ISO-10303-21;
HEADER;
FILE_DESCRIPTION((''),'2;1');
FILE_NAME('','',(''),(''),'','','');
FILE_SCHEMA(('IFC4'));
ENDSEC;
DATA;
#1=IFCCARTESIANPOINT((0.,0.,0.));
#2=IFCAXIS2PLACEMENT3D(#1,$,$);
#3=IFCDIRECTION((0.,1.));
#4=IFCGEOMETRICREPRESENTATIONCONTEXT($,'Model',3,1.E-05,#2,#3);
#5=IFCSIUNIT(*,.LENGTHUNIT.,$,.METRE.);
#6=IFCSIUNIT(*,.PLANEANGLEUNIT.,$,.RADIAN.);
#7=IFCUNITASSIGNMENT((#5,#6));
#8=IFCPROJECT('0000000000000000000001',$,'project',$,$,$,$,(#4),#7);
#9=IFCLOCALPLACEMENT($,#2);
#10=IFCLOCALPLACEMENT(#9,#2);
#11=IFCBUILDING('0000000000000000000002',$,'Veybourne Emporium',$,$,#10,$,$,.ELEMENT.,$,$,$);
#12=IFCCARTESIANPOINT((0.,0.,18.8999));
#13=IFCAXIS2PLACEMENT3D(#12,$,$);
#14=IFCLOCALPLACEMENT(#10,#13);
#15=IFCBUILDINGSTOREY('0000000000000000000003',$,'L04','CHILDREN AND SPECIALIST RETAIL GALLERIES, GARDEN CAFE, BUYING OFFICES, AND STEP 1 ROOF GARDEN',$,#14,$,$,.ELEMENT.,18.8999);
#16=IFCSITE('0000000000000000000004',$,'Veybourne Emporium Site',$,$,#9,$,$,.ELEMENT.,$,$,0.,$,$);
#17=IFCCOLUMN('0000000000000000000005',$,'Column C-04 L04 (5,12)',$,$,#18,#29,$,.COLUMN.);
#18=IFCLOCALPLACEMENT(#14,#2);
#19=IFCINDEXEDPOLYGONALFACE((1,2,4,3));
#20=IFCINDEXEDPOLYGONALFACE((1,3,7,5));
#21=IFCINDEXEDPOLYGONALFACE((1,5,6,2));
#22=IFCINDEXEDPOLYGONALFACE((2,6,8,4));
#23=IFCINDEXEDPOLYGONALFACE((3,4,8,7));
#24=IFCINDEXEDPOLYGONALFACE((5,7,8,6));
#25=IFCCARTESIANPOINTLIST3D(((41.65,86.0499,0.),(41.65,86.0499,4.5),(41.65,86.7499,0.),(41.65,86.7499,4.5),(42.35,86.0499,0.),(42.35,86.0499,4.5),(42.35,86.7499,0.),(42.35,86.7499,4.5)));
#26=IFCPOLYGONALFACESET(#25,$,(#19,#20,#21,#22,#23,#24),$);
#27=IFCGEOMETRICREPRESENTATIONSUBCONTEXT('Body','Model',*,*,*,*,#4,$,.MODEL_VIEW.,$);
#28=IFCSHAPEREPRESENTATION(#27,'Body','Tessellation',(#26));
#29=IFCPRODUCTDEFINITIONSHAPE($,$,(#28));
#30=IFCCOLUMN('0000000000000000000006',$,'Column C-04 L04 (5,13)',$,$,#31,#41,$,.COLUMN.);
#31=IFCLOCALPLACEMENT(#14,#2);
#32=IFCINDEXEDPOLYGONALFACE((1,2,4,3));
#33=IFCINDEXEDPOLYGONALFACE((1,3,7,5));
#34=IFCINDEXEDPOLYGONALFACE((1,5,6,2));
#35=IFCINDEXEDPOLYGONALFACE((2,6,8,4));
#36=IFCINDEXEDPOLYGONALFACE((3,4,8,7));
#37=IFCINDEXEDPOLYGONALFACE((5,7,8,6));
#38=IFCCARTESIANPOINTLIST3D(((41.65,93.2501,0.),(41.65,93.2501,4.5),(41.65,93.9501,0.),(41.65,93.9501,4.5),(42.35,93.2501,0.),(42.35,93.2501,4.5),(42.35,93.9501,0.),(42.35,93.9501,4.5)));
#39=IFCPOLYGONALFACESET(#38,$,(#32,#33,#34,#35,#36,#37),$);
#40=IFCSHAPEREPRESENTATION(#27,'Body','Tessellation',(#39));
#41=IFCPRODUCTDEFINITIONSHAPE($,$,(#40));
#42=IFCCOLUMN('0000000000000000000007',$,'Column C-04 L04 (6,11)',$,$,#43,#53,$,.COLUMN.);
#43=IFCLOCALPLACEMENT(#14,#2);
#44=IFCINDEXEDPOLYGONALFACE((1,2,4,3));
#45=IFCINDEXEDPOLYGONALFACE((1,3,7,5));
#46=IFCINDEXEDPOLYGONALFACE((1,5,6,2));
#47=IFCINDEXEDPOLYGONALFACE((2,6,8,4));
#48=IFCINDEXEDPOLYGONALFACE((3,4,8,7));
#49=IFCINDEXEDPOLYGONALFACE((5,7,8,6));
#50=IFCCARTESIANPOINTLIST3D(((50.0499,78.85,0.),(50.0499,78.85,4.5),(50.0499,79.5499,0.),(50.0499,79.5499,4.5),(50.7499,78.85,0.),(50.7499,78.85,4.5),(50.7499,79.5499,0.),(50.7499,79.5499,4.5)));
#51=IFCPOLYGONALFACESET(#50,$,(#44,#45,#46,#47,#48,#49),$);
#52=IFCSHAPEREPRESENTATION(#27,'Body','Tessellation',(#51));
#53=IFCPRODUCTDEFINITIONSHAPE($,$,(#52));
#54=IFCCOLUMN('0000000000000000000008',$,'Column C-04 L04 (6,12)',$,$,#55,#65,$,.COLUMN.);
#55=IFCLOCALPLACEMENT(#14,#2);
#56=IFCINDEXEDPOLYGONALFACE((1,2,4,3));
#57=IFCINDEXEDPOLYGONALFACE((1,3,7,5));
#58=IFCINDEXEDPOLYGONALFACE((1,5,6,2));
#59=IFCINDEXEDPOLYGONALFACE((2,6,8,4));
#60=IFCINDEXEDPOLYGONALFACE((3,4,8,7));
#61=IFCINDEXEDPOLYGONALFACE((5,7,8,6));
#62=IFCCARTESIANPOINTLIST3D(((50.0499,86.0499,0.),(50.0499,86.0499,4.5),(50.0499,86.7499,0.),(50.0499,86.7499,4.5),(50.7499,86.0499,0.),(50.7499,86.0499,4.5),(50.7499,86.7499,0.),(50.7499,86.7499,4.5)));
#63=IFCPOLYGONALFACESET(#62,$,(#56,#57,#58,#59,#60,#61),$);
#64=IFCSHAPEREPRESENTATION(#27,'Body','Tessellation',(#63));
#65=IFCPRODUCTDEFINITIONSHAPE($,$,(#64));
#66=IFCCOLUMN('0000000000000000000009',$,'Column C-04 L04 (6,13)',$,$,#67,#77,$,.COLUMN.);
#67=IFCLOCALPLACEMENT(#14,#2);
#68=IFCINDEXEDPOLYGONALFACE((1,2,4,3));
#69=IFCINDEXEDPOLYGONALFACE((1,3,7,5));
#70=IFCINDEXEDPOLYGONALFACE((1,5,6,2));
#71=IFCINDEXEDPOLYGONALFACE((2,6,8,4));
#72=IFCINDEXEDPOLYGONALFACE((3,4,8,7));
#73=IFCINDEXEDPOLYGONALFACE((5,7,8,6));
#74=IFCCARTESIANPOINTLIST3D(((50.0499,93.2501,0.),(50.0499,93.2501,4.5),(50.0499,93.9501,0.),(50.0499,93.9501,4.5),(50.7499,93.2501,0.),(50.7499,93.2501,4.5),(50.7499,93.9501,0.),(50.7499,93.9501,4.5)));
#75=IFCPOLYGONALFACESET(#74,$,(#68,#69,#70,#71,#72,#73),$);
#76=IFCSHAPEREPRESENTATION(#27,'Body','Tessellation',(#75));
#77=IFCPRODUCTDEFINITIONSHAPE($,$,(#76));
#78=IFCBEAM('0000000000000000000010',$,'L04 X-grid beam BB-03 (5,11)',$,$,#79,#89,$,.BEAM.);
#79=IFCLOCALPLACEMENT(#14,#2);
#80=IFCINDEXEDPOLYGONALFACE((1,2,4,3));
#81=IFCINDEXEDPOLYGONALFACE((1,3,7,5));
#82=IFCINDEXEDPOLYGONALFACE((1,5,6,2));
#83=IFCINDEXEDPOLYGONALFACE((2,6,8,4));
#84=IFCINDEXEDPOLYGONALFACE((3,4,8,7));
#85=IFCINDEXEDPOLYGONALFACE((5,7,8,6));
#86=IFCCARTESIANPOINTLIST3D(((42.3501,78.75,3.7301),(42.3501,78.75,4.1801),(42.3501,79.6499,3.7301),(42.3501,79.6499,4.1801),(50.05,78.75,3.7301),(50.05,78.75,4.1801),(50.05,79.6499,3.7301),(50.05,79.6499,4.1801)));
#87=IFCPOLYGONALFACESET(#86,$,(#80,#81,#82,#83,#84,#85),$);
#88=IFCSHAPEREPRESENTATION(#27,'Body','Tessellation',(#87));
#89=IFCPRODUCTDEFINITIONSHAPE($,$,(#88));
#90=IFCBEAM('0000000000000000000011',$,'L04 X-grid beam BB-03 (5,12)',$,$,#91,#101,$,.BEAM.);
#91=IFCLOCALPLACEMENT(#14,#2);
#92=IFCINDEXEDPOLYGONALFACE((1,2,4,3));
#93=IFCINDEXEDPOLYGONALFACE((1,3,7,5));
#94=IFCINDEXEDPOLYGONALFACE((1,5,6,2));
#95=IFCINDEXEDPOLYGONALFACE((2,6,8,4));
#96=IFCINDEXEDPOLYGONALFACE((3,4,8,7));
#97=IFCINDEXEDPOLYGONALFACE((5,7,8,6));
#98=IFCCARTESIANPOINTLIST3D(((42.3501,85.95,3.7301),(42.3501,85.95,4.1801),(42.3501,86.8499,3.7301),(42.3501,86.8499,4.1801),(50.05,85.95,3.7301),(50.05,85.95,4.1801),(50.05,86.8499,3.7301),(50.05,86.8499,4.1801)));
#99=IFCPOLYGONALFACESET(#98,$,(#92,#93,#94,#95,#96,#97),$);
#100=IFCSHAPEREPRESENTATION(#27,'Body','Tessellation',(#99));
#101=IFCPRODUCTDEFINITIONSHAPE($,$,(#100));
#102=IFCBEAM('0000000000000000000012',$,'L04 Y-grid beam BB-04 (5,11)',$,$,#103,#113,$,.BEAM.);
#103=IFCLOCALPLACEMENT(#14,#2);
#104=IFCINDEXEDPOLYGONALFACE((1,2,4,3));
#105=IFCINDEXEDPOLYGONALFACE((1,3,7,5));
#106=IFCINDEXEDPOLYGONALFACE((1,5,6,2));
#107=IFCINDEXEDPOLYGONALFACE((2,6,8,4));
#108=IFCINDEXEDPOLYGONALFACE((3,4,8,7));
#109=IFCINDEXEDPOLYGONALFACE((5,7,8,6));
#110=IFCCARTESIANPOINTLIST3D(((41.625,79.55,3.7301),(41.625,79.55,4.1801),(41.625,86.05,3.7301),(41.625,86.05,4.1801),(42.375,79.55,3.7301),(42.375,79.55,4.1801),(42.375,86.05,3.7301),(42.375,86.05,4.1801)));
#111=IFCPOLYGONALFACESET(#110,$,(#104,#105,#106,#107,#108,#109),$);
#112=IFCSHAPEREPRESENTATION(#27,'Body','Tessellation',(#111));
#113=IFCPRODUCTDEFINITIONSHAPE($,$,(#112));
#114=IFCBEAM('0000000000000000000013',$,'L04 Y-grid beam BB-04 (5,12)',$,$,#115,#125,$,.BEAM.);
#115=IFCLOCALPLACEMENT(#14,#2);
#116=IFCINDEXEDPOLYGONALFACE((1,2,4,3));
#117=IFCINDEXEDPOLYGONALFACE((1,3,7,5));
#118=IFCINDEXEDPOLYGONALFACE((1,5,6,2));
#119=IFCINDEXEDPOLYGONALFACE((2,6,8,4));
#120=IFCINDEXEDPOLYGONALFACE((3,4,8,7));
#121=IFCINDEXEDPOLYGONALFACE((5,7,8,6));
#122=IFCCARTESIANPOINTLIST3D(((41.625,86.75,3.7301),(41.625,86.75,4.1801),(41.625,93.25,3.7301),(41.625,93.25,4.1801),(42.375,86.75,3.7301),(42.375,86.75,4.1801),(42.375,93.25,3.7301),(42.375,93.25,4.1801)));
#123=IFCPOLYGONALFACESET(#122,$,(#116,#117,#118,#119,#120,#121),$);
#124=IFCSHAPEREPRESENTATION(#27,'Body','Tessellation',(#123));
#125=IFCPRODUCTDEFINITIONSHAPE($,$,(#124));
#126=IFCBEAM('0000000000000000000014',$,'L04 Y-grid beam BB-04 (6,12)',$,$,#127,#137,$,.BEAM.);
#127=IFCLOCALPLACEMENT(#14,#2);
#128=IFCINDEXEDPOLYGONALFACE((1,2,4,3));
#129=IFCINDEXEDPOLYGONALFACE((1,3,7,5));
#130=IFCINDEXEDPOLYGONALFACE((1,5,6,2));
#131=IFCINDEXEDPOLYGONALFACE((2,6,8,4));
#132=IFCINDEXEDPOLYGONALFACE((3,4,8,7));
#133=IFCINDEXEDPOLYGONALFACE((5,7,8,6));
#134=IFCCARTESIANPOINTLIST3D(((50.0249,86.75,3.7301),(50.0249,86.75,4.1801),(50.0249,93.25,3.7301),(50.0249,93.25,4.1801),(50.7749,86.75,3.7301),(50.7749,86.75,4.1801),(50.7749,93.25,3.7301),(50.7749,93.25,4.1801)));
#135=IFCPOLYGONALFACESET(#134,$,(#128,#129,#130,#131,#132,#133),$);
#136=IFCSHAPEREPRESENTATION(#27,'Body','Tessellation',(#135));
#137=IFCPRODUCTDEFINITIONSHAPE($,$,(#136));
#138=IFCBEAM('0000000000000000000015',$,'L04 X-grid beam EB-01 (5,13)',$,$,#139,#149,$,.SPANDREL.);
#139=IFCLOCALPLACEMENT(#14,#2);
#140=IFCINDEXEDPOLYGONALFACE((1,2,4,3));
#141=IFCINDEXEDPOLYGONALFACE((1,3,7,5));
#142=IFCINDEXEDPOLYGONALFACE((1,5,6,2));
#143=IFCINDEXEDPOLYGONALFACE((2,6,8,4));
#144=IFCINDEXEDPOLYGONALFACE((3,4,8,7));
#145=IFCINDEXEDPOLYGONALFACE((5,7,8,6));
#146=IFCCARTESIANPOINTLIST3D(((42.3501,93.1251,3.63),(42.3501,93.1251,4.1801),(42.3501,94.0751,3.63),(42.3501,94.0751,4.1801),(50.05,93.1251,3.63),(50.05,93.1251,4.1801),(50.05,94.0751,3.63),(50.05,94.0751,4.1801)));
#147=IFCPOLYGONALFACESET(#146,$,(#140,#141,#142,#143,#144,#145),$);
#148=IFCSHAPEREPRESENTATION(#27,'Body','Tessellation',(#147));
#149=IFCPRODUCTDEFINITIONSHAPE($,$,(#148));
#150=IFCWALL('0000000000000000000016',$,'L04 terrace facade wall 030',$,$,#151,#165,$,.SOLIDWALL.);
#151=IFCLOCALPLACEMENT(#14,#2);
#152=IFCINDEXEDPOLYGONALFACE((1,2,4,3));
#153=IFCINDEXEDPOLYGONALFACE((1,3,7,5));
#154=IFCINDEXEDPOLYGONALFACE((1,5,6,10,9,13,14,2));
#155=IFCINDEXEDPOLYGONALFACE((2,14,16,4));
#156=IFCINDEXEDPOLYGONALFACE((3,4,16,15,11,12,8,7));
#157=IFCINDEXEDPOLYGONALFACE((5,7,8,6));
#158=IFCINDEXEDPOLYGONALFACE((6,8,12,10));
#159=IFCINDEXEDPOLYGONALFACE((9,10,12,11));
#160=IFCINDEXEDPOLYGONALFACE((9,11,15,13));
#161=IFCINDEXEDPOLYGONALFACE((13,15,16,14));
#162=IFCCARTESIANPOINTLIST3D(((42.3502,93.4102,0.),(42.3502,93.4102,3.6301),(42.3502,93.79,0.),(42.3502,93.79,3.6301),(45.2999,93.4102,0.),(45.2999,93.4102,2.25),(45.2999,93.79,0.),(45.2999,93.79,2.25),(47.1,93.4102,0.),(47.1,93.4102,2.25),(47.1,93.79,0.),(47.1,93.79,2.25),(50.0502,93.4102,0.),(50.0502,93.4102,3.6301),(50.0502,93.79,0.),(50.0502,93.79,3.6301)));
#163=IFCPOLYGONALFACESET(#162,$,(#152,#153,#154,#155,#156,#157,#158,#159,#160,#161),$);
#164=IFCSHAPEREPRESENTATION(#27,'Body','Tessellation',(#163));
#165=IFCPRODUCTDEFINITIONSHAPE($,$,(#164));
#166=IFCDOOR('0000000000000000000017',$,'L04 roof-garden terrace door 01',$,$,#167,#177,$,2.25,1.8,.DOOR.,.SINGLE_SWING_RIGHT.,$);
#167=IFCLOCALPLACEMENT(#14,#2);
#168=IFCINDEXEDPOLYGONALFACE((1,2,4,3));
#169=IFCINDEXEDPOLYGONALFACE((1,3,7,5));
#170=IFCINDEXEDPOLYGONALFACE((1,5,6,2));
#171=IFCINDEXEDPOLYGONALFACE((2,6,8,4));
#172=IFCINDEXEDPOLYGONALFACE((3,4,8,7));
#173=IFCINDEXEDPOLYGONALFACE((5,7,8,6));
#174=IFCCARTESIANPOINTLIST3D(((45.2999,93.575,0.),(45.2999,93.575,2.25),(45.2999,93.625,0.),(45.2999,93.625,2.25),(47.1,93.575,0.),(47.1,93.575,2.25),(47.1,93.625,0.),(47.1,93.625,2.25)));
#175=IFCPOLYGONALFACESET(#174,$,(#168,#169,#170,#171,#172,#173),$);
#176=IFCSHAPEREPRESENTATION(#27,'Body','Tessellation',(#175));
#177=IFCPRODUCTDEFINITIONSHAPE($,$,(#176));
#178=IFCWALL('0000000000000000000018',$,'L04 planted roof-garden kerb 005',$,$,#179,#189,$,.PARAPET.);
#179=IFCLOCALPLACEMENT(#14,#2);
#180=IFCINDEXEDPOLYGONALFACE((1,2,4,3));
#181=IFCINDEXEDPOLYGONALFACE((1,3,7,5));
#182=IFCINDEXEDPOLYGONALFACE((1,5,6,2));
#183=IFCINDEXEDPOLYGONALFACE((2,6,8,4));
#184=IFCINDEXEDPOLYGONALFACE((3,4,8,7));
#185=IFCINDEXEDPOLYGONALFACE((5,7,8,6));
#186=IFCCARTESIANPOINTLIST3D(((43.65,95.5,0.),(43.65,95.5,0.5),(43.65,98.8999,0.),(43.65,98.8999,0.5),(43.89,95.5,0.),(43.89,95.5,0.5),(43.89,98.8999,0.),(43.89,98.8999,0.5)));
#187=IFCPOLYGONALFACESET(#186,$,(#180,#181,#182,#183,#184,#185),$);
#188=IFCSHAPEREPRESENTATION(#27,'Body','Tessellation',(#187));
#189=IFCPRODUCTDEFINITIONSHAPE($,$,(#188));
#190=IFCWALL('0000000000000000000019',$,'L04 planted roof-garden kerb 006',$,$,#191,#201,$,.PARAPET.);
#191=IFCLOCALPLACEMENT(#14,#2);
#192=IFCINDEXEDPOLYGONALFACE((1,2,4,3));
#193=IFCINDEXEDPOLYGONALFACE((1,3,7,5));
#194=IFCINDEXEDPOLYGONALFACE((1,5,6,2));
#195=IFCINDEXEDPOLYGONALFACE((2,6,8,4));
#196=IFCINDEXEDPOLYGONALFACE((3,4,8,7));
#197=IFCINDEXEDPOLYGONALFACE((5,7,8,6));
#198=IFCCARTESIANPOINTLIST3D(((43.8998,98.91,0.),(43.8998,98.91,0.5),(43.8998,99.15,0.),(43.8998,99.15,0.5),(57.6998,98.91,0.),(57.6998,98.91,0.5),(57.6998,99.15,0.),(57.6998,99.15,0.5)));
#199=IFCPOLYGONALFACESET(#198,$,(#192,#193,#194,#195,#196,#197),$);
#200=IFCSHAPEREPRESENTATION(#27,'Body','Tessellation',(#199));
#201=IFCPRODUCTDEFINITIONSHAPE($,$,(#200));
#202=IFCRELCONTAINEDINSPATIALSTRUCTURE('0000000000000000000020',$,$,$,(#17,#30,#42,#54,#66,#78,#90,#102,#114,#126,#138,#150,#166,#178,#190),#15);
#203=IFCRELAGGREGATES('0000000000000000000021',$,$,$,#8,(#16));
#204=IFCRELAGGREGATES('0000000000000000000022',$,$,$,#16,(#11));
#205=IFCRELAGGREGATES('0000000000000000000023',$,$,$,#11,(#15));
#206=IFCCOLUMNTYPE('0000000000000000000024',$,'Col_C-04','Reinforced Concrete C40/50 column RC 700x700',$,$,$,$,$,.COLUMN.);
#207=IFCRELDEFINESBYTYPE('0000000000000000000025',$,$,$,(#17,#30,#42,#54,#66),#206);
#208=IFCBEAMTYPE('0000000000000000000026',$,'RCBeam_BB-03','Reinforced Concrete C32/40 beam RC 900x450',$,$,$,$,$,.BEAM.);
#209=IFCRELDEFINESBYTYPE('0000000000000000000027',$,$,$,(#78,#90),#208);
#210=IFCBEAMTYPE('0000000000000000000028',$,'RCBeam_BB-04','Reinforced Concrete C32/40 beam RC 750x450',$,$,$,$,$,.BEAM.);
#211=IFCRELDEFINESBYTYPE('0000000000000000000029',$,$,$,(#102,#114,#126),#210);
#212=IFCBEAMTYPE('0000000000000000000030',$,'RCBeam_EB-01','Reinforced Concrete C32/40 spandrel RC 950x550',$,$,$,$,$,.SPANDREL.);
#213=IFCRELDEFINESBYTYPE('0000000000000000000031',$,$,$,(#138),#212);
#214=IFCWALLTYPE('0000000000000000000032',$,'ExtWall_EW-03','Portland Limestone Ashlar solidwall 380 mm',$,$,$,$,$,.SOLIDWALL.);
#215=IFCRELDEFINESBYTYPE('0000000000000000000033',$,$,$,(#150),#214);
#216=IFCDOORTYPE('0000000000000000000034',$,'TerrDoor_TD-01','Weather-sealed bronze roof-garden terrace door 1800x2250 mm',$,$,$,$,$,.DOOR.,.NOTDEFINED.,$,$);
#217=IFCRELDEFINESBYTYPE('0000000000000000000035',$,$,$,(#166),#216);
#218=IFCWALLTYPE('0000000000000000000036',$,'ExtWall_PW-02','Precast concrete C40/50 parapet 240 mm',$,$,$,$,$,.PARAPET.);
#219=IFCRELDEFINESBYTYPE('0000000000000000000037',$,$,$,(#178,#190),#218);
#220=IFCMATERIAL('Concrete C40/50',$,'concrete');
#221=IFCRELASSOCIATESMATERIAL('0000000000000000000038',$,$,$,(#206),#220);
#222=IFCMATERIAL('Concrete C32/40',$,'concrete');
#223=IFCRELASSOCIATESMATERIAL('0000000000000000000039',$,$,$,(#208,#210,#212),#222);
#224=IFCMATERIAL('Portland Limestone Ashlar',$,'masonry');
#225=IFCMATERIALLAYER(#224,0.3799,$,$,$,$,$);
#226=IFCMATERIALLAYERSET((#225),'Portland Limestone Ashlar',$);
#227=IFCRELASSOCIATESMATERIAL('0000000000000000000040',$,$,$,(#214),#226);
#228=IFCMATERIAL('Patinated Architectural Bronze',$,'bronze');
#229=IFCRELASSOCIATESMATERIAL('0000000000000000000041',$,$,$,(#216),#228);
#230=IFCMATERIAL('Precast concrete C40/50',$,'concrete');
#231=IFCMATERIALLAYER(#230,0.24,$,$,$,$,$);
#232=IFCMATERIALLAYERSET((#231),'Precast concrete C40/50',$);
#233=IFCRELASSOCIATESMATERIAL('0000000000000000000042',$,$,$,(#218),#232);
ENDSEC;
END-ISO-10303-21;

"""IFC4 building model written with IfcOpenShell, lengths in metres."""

from ifc_helpers import new_model, si_unit, direction, frame, frame_2d, origin, origin_2d, place, context, subcontext, project, spatial, rectangle, extrude, material, layer, layer_set, material_profile, profile_set, type_object, element, fill, save


model = new_model("IFC4")

# Units and contexts
model_context = context("Model", 3, precision=1e-05, world=origin(), true_north=direction((0.0, 1.0)))
body_context = subcontext(model_context, "Body", "Model", "MODEL_VIEW")
ifc_project = project(units=[si_unit("LENGTHUNIT", "METRE"), si_unit("PLANEANGLEUNIT", "RADIAN")], contexts=[model_context])

# Site, building, storey
site_placement = place(None, origin())
site = spatial("IfcSite", under=ifc_project, at=site_placement, Name="Veybourne Emporium Site", CompositionType="ELEMENT", RefElevation=0.0)
building_placement = place(site_placement, origin())
building = spatial("IfcBuilding", under=site, at=building_placement, Name="Veybourne Emporium", CompositionType="ELEMENT")
storey_placement = place(building_placement, frame((0.0, 0.0, 18.8999)))
storey = spatial("IfcBuildingStorey", under=building, at=storey_placement, Name="L04", Description="CHILDREN AND SPECIALIST RETAIL GALLERIES, GARDEN CAFE, BUYING OFFICES, AND STEP 1 ROOF GARDEN", CompositionType="ELEMENT", Elevation=18.8999)

# Columns
ifc_material_1 = material(Name="Concrete C40/50", Category="concrete")
ifc_material_profile_1 = material_profile(ifc_material_1, rectangle(XDim=0.7, YDim=0.7, at=origin_2d()), Name="RC 700x700")
ifc_profile_set_1 = profile_set([ifc_material_profile_1], Name="Concrete C40/50")
column_type = type_object("IfcColumnType", Name="Col_C-04", Description="Reinforced Concrete C40/50 column RC 700x700", PredefinedType="COLUMN", material=ifc_profile_set_1)
for number, where, z_axis, x_axis, name in (
    (1, (42.0, 86.3999, 0.0), (0.0, 0.0, 1.0), (1.0, 0.0, 0.0), "Column C-04 L04 (5,12)"),
    (2, (42.0, 93.6001, 0.0), (0.0, 0.0, 1.0), (1.0, 0.0, 0.0), "Column C-04 L04 (5,13)"),
    (3, (50.3999, 79.2, 0.0), (0.0, 0.0, 1.0), (1.0, 0.0, 0.0), "Column C-04 L04 (6,11)"),
    (4, (50.3999, 86.3999, 0.0), (0.0, 0.0, 1.0), (1.0, 0.0, 0.0), "Column C-04 L04 (6,12)"),
    (5, (50.3999, 93.6001, 0.0), (0.0, 0.0, 1.0), (1.0, 0.0, 0.0), "Column C-04 L04 (6,13)"),
):
    element("IfcColumn", number, at=place(storey_placement, frame(where, z_axis=z_axis, x_axis=x_axis)), inside=storey, type_object=column_type, Name=name, PredefinedType="COLUMN", context=body_context, shape_type="SweptSolid", body=[
        extrude(rectangle(XDim=0.7, YDim=0.7, at=origin_2d()), origin(), (0.0, 0.0, 1.0), 4.5),
    ])

# Beams
ifc_material_2 = material(Name="Concrete C32/40", Category="concrete")
ifc_material_profile_2 = material_profile(ifc_material_2, rectangle(XDim=0.8999, YDim=0.45, at=origin_2d()), Name="RC 900x450")
ifc_profile_set_2 = profile_set([ifc_material_profile_2], Name="Concrete C32/40")
beam_type_1 = type_object("IfcBeamType", Name="RCBeam_BB-03", Description="Reinforced Concrete C32/40 beam RC 900x450", PredefinedType="BEAM", material=ifc_profile_set_2)
for number, where, z_axis, x_axis, name in (
    (6, (42.3501, 79.2, 3.9551), (1.0, 0.0, 0.0), (0.0, 1.0, 0.0), "L04 X-grid beam BB-03 (5,11)"),
    (7, (42.3501, 86.3999, 3.9551), (1.0, 0.0, 0.0), (0.0, 1.0, 0.0), "L04 X-grid beam BB-03 (5,12)"),
):
    element("IfcBeam", number, at=place(storey_placement, frame(where, z_axis=z_axis, x_axis=x_axis)), inside=storey, type_object=beam_type_1, Name=name, PredefinedType="BEAM", context=body_context, shape_type="SweptSolid", body=[
        extrude(rectangle(XDim=0.8999, YDim=0.45, at=origin_2d()), origin(), (0.0, 0.0, 1.0), 7.7),
    ])
ifc_material_profile_3 = material_profile(ifc_material_2, rectangle(XDim=0.75, YDim=0.45, at=origin_2d()), Name="RC 750x450")
ifc_profile_set_3 = profile_set([ifc_material_profile_3], Name="Concrete C32/40")
beam_type_2 = type_object("IfcBeamType", Name="RCBeam_BB-04", Description="Reinforced Concrete C32/40 beam RC 750x450", PredefinedType="BEAM", material=ifc_profile_set_3)
for number, where, z_axis, x_axis, name in (
    (8, (42.0, 79.55, 3.9551), (0.0, 1.0, 0.0), (-1.0, 0.0, 0.0), "L04 Y-grid beam BB-04 (5,11)"),
    (9, (42.0, 86.75, 3.9551), (0.0, 1.0, 0.0), (-1.0, 0.0, 0.0), "L04 Y-grid beam BB-04 (5,12)"),
    (10, (50.3999, 86.75, 3.9551), (0.0, 1.0, 0.0), (-1.0, 0.0, 0.0), "L04 Y-grid beam BB-04 (6,12)"),
):
    element("IfcBeam", number, at=place(storey_placement, frame(where, z_axis=z_axis, x_axis=x_axis)), inside=storey, type_object=beam_type_2, Name=name, PredefinedType="BEAM", context=body_context, shape_type="SweptSolid", body=[
        extrude(rectangle(XDim=0.75, YDim=0.45, at=origin_2d()), origin(), (0.0, 0.0, 1.0), 6.5),
    ])
ifc_material_profile_4 = material_profile(ifc_material_2, rectangle(XDim=0.95, YDim=0.55, at=origin_2d()), Name="RC 950x550")
ifc_profile_set_4 = profile_set([ifc_material_profile_4], Name="Concrete C32/40")
beam_type_3 = type_object("IfcBeamType", Name="RCBeam_EB-01", Description="Reinforced Concrete C32/40 spandrel RC 950x550", PredefinedType="SPANDREL", material=ifc_profile_set_4)
beam_placement = place(storey_placement, frame((42.3501, 93.6001, 3.905), z_axis=(1.0, 0.0, 0.0), x_axis=(0.0, 1.0, 0.0)))
element("IfcBeam", 11, at=beam_placement, inside=storey, type_object=beam_type_3, Name="L04 X-grid beam EB-01 (5,13)", PredefinedType="SPANDREL", context=body_context, shape_type="SweptSolid", body=[
    extrude(rectangle(XDim=0.95, YDim=0.55, at=origin_2d()), origin(), (0.0, 0.0, 1.0), 7.7),
])

# Wall, opening, door
ifc_material_3 = material(Name="Portland Limestone Ashlar", Category="masonry")
ifc_layer_1 = layer(ifc_material_3, 0.3799)
ifc_layer_set_1 = layer_set([ifc_layer_1], Name="Portland Limestone Ashlar")
wall_type_1 = type_object("IfcWallType", Name="ExtWall_EW-03", Description="Portland Limestone Ashlar solidwall 380 mm", PredefinedType="SOLIDWALL", material=ifc_layer_set_1)
wall_1_placement = place(storey_placement, frame((42.3501, 93.6001, 0.0), z_axis=(0.0, 0.0, 1.0), x_axis=(1.0, 0.0, 0.0)))
wall_1 = element("IfcWall", 12, at=wall_1_placement, inside=storey, type_object=wall_type_1, Name="L04 terrace facade wall 030", PredefinedType="SOLIDWALL", context=body_context, shape_type="SweptSolid", body=[
    extrude(rectangle(XDim=7.7, YDim=0.3799, at=frame_2d((3.8501, 0.0))), origin(), (0.0, 0.0, 1.0), 3.6301),
])
opening_placement = place(wall_1_placement, frame((2.95, 0.0, 0.0)))
opening = element("IfcOpeningElement", 13, at=opening_placement, cuts=wall_1, PredefinedType="OPENING", context=body_context, shape_type="SweptSolid", body=[
    extrude(rectangle(XDim=1.8, YDim=2.25, at=frame_2d((0.8999, 1.125))), frame((0.0, 0.21, 0.0), z_axis=(0.0, -1.0, 0.0), x_axis=(1.0, 0.0, 0.0)), (0.0, 0.0, 1.0), 0.4199),
])
ifc_material_4 = material(Name="Patinated Architectural Bronze", Category="bronze")
door_type = type_object("IfcDoorType", Name="TerrDoor_TD-01", Description="Weather-sealed bronze roof-garden terrace door 1800x2250 mm", OperationType="NOTDEFINED", PredefinedType="DOOR", material=ifc_material_4)
door_placement = place(opening_placement, origin())
door = element("IfcDoor", 14, at=door_placement, inside=storey, type_object=door_type, Name="L04 roof-garden terrace door 01", OperationType="SINGLE_SWING_RIGHT", OverallHeight=2.25, OverallWidth=1.8, PredefinedType="DOOR", context=body_context, shape_type="SweptSolid", body=[
    extrude(rectangle(XDim=1.8, YDim=2.25, at=frame_2d((0.8999, 1.125))), frame((0.0, 0.0249, 0.0), z_axis=(0.0, -1.0, 0.0), x_axis=(1.0, 0.0, 0.0)), (0.0, 0.0, 1.0), 0.05),
])
fill(opening, door)

# Walls
ifc_material_5 = material(Name="Precast concrete C40/50", Category="concrete")
ifc_layer_2 = layer(ifc_material_5, 0.24)
ifc_layer_set_2 = layer_set([ifc_layer_2], Name="Precast concrete C40/50")
wall_type_2 = type_object("IfcWallType", Name="ExtWall_PW-02", Description="Precast concrete C40/50 parapet 240 mm", PredefinedType="PARAPET", material=ifc_layer_set_2)
wall_2_placement = place(storey_placement, frame((43.77, 95.5, 0.0), z_axis=(0.0, 0.0, 1.0), x_axis=(0.0, 1.0, 0.0)))
element("IfcWall", 15, at=wall_2_placement, inside=storey, type_object=wall_type_2, Name="L04 planted roof-garden kerb 005", PredefinedType="PARAPET", context=body_context, shape_type="SweptSolid", body=[
    extrude(rectangle(XDim=3.3999, YDim=0.24, at=frame_2d((1.7, 0.0))), origin(), (0.0, 0.0, 1.0), 0.5),
])
wall_3_placement = place(storey_placement, frame((43.8999, 99.03, 0.0), z_axis=(0.0, 0.0, 1.0), x_axis=(1.0, 0.0, 0.0)))
element("IfcWall", 16, at=wall_3_placement, inside=storey, type_object=wall_type_2, Name="L04 planted roof-garden kerb 006", PredefinedType="PARAPET", context=body_context, shape_type="SweptSolid", body=[
    extrude(rectangle(XDim=13.8, YDim=0.24, at=frame_2d((6.8999, 0.0))), origin(), (0.0, 0.0, 1.0), 0.5),
])

save(model, "model.ifc")
